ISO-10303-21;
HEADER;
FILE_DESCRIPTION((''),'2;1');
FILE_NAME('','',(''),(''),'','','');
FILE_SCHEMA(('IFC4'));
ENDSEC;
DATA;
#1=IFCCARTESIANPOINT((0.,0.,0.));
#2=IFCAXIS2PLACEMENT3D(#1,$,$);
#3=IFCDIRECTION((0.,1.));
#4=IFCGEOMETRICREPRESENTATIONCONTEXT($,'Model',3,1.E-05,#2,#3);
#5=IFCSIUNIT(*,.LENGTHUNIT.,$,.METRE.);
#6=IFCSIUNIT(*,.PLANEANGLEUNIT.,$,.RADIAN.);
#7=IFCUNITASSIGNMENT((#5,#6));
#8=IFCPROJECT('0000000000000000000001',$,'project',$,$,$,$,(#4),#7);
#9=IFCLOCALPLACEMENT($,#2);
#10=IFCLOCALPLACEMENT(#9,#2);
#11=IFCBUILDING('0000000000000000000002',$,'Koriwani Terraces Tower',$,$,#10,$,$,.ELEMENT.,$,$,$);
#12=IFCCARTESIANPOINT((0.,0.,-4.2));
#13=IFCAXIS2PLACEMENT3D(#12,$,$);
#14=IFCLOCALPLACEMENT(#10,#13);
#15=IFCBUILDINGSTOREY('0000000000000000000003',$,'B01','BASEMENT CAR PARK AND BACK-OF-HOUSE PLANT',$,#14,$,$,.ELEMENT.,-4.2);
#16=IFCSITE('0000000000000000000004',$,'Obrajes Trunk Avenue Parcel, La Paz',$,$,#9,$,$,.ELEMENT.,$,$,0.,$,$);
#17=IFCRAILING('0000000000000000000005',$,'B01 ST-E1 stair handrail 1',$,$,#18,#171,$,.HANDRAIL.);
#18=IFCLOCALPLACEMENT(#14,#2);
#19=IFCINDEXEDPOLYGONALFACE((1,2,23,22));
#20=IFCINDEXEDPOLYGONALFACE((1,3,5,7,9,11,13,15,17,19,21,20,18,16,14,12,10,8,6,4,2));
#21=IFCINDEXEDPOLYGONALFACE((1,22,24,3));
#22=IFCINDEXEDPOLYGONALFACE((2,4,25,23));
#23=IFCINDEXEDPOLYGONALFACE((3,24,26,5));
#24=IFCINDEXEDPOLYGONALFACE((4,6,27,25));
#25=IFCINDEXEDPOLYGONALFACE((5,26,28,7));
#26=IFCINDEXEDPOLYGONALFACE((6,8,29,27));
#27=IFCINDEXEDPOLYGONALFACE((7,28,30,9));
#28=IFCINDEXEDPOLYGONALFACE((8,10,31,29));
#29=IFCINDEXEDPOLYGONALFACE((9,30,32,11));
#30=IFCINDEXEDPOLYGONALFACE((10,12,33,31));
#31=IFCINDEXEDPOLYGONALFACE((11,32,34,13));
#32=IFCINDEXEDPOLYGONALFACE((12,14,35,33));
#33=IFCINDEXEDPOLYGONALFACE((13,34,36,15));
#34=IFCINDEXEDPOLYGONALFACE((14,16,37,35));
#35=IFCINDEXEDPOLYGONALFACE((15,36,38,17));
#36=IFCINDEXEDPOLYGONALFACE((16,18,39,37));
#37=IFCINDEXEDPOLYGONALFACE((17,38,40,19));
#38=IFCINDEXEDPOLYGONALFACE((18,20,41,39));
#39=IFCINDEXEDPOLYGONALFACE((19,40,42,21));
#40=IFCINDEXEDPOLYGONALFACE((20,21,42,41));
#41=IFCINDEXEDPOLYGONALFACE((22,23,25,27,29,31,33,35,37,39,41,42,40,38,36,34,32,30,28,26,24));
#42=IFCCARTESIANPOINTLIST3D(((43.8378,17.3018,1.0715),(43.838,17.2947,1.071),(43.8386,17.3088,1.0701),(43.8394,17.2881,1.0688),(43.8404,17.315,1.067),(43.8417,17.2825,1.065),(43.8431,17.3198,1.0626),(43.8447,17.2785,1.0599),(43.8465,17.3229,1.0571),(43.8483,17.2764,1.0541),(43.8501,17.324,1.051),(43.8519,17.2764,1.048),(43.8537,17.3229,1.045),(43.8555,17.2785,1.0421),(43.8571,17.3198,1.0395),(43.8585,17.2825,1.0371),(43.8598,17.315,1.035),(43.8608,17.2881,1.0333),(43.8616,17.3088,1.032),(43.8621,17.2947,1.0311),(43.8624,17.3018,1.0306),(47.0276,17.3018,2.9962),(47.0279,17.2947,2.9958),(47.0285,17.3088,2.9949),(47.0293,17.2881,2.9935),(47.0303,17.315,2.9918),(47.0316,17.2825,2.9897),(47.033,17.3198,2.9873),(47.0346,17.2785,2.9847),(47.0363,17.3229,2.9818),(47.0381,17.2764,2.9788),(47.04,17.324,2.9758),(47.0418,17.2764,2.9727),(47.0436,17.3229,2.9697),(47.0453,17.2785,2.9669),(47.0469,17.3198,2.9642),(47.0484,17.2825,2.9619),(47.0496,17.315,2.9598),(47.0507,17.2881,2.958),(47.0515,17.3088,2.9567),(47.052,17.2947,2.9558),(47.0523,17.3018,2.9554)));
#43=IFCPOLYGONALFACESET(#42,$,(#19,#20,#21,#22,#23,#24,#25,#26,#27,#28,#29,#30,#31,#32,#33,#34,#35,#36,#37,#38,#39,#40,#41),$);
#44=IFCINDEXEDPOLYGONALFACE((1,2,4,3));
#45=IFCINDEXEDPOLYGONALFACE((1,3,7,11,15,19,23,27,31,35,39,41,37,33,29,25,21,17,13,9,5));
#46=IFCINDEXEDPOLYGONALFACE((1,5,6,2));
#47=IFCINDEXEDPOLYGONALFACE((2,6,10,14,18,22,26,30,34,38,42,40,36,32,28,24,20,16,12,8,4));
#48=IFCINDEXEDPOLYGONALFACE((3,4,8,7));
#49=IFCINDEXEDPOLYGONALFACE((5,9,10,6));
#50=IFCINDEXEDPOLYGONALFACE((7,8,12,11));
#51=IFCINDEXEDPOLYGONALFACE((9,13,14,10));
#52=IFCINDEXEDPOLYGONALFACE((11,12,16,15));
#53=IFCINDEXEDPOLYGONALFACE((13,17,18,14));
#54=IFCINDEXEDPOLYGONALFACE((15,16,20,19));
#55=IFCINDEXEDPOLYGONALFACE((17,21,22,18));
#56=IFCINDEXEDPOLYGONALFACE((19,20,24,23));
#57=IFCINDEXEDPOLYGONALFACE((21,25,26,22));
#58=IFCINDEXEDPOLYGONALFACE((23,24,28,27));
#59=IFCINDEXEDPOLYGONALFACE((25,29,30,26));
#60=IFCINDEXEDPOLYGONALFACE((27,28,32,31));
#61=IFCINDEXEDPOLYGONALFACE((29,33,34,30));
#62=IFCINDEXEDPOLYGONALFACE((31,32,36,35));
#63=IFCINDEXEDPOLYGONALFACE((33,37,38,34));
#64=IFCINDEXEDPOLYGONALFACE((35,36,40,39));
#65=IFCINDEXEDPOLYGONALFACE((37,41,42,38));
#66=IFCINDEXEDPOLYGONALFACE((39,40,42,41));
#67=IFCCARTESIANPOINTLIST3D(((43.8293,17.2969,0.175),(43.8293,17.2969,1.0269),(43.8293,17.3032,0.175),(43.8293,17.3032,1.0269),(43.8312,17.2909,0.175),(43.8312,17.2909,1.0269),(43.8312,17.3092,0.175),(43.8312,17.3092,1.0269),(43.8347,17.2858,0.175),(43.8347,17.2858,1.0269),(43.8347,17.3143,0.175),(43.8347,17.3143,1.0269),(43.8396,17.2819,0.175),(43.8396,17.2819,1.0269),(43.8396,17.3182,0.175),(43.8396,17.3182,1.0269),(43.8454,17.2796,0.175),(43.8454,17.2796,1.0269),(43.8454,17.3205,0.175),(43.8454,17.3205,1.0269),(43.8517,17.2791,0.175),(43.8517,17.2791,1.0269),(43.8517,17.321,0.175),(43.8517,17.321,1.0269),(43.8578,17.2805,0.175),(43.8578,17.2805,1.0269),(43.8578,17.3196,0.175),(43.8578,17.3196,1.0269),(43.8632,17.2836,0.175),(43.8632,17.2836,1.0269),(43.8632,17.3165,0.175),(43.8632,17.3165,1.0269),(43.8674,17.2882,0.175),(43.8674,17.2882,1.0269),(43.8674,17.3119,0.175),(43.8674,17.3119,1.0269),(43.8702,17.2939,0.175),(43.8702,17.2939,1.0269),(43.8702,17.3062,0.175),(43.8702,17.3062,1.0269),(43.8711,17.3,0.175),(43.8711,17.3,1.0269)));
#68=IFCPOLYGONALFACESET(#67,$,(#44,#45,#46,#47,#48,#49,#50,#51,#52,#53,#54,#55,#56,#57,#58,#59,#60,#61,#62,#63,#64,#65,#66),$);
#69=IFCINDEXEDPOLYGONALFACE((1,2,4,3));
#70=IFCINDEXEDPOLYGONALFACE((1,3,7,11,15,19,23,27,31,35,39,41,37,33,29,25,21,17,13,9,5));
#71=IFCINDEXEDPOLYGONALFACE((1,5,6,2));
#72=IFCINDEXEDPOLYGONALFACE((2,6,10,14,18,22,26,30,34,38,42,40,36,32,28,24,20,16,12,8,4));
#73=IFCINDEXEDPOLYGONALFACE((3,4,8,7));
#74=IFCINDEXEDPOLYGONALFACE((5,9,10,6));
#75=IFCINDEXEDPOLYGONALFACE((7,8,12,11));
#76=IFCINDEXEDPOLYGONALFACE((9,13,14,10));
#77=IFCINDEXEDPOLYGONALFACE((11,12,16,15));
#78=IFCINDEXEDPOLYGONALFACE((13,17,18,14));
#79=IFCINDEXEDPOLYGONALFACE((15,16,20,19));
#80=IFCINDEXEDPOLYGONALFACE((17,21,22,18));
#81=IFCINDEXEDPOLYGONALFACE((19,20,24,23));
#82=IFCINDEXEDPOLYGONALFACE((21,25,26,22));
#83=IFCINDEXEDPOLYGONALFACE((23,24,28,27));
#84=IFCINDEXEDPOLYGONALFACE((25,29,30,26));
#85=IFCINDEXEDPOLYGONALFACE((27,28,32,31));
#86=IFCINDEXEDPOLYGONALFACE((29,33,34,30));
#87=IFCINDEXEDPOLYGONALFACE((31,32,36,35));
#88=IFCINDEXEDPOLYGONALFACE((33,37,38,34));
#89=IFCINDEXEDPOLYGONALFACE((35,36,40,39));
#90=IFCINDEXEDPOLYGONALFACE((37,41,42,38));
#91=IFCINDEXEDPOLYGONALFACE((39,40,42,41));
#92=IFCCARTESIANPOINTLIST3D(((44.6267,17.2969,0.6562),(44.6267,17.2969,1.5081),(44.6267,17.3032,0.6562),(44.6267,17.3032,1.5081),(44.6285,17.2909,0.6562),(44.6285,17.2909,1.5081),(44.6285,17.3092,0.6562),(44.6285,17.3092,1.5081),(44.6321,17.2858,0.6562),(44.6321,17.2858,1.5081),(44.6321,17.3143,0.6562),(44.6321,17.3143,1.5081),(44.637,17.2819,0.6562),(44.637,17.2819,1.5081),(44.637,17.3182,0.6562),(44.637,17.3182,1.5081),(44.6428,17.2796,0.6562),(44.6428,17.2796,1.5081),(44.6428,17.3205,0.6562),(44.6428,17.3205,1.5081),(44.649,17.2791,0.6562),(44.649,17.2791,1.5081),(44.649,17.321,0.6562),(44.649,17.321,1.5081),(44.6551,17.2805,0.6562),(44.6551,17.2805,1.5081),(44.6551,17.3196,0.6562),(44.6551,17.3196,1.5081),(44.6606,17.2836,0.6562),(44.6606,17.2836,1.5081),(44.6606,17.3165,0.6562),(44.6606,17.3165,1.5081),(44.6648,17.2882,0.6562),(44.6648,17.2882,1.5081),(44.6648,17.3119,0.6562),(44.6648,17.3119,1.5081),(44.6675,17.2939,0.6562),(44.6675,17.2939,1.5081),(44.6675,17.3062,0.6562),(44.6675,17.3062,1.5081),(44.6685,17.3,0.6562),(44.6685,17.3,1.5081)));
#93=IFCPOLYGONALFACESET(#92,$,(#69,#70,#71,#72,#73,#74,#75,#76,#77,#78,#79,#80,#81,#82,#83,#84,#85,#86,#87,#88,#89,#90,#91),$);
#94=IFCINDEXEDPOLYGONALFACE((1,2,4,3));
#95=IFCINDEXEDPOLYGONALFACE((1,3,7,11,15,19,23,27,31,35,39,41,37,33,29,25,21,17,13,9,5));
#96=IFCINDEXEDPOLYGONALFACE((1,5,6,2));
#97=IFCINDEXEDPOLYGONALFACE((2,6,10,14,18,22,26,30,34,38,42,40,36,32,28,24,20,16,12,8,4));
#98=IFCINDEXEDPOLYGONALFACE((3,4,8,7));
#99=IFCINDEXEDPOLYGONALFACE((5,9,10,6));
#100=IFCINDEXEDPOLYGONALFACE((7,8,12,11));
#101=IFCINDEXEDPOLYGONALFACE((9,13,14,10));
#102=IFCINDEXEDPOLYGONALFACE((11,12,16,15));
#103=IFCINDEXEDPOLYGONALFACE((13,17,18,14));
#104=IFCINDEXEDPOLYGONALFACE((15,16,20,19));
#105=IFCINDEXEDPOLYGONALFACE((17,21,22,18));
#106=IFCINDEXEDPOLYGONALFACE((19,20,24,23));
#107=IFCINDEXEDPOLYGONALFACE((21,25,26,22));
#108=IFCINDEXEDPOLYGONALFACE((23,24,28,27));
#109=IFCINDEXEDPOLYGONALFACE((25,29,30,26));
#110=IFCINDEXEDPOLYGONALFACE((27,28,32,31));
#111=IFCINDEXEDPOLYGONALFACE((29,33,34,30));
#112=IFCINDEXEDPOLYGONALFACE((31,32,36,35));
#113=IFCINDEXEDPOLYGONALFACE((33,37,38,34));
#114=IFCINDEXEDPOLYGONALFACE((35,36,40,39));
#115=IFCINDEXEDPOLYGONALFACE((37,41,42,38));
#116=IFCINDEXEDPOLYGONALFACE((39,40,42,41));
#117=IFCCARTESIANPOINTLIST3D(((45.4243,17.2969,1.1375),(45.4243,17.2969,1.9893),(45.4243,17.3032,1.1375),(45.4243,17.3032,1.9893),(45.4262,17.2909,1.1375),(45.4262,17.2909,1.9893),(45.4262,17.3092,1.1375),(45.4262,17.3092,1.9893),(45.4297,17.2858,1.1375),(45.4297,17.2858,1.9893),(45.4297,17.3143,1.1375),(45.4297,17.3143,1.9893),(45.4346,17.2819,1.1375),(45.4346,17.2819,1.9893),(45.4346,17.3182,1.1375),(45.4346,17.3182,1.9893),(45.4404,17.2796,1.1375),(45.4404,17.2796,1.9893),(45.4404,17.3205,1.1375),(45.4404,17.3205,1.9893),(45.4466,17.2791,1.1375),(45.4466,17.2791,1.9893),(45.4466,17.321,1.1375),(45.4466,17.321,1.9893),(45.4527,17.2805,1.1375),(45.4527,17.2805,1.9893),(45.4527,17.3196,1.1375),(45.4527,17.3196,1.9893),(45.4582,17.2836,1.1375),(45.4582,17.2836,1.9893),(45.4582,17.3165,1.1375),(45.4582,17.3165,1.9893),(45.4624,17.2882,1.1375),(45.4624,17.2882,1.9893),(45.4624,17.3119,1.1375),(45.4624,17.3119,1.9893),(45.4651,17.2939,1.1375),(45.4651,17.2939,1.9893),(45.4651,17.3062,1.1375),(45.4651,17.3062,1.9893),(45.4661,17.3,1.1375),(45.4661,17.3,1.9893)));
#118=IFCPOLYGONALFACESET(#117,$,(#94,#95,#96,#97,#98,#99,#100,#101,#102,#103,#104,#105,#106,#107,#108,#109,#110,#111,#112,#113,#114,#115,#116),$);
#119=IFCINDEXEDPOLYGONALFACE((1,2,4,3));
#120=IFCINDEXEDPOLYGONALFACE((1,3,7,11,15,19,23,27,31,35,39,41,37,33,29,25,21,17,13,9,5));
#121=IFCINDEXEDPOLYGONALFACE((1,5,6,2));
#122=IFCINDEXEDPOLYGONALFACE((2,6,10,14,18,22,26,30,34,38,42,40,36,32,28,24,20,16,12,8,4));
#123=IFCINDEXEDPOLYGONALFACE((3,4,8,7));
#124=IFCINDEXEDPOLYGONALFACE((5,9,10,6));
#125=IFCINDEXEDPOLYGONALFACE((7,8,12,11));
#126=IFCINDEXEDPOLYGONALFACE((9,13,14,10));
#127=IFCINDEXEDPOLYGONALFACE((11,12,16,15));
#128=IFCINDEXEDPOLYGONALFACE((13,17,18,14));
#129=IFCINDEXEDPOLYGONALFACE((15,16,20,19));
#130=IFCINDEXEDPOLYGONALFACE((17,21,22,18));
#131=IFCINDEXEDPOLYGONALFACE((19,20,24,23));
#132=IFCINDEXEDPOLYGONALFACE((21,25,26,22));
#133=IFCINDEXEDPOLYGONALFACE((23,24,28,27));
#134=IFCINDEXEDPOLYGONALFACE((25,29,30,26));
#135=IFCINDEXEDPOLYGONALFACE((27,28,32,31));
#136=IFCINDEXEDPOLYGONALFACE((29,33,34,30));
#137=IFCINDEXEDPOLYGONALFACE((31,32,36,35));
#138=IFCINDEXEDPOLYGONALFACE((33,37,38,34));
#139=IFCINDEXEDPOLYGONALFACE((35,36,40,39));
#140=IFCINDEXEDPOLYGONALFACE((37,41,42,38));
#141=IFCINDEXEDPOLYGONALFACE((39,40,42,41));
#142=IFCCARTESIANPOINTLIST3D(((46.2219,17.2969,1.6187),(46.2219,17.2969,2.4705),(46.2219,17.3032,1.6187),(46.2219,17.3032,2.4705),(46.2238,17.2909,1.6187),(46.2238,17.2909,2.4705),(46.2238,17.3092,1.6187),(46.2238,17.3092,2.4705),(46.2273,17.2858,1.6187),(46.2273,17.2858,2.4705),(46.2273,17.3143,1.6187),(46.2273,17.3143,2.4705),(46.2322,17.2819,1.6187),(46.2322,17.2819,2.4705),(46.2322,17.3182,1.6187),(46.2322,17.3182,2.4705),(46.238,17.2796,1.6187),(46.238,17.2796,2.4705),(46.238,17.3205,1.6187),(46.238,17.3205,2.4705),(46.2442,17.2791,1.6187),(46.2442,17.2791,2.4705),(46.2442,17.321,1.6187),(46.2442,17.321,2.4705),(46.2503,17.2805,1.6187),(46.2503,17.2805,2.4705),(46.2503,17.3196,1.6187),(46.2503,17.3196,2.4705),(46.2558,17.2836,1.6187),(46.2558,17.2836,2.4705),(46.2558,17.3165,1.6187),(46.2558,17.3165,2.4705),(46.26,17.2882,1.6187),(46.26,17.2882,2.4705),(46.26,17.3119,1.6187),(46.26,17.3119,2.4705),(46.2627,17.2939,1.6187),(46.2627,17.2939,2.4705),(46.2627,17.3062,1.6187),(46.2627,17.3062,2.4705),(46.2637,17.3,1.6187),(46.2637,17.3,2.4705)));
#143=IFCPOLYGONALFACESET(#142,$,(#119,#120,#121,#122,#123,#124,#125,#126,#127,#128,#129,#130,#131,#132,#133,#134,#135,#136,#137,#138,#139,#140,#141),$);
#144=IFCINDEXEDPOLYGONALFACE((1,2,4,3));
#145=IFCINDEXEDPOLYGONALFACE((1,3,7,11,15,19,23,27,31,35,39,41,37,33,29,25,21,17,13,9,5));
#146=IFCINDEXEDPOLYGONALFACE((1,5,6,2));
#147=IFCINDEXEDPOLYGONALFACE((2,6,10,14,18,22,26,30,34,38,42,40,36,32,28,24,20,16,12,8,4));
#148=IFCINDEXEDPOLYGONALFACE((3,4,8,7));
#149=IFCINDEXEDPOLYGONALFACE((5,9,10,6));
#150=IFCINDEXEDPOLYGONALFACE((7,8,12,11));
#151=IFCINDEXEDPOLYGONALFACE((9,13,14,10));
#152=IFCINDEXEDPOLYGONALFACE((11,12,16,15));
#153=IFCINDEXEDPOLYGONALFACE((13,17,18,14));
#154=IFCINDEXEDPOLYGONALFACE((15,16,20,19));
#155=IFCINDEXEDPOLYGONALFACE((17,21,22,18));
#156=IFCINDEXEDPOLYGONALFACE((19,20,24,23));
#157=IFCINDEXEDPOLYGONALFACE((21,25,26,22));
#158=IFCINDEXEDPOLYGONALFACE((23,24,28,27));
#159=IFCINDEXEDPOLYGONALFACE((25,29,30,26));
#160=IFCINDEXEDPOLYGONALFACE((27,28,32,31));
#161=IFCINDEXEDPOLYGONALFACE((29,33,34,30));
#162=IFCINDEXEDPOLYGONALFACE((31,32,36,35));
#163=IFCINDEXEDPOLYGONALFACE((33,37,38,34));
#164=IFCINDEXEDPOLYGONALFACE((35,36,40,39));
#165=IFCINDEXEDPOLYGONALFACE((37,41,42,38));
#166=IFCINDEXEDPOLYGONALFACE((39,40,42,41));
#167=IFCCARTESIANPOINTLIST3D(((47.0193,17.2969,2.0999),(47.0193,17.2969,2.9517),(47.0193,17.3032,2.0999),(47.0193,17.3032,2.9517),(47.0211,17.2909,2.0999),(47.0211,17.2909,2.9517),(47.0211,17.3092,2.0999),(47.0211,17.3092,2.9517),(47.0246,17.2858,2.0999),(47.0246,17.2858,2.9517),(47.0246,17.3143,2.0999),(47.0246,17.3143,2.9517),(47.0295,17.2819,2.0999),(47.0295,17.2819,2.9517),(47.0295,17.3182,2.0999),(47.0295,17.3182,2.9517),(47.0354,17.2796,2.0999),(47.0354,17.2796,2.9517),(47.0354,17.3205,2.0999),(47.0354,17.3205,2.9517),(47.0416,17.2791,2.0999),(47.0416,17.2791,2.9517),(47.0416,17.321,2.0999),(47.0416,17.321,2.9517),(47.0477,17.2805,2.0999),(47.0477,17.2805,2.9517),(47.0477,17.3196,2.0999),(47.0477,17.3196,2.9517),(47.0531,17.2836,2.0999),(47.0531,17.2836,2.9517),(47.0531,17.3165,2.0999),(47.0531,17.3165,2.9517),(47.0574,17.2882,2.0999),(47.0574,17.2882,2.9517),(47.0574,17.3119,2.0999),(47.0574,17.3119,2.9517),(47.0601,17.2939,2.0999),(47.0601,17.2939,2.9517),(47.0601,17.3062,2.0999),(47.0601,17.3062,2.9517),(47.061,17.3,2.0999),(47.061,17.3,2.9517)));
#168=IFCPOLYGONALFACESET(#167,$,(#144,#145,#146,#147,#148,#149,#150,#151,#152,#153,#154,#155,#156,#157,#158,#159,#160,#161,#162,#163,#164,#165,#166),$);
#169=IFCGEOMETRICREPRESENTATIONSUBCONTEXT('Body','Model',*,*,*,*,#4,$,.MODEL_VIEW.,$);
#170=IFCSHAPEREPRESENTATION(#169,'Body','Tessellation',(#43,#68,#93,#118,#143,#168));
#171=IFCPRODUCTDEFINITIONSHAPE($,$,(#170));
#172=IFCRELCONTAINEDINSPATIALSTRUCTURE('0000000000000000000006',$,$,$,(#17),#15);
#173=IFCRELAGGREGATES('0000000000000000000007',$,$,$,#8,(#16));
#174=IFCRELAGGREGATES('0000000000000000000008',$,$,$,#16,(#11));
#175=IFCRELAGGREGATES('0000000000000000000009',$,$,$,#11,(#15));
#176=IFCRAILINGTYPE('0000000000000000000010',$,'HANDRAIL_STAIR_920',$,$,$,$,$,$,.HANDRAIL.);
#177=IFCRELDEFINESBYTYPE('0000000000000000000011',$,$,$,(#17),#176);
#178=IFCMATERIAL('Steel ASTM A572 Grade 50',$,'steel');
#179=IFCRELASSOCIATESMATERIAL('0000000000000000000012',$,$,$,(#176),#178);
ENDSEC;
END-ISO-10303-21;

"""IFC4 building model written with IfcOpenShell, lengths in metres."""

from ifc_helpers import new_model, si_unit, direction, frame, origin, origin_2d, place, context, subcontext, project, spatial, circle, extrude, material, type_object, element, save


model = new_model("IFC4")

# Units and contexts
model_context = context("Model", 3, precision=1e-05, world=origin(), true_north=direction((0.0, 1.0)))
body_context = subcontext(model_context, "Body", "Model", "MODEL_VIEW")
ifc_project = project(units=[si_unit("LENGTHUNIT", "METRE"), si_unit("PLANEANGLEUNIT", "RADIAN")], contexts=[model_context])

# Site, building, storey
site_placement = place(None, origin())
site = spatial("IfcSite", under=ifc_project, at=site_placement, Name="Obrajes Trunk Avenue Parcel, La Paz", CompositionType="ELEMENT", RefElevation=0.0)
building_placement = place(site_placement, origin())
building = spatial("IfcBuilding", under=site, at=building_placement, Name="Koriwani Terraces Tower", CompositionType="ELEMENT")
storey_placement = place(building_placement, frame((0.0, 0.0, -4.2)))
storey = spatial("IfcBuildingStorey", under=building, at=storey_placement, Name="B01", Description="BASEMENT CAR PARK AND BACK-OF-HOUSE PLANT", CompositionType="ELEMENT", Elevation=-4.2)

# Shared definitions
ifc_material_1 = material(Name="Steel ASTM A572 Grade 50", Category="steel")

# Railing
railing_type_1 = type_object("IfcRailingType", Name="HANDRAIL_STAIR_920", PredefinedType="HANDRAIL", material=ifc_material_1)
railing_1_placement = place(storey_placement, frame((43.8501, 17.3, 0.175)))
element("IfcRailing", 1, at=railing_1_placement, inside=storey, type_object=railing_type_1, Name="B01 ST-E1 stair handrail 1", PredefinedType="HANDRAIL", context=body_context, shape_type="SweptSolid", body=[
    extrude(circle(Radius=0.0239, at=origin_2d()), frame((0.0, 0.0, 0.876), z_axis=(0.856207, 0.0, 0.516633), x_axis=(0.0, 1.0, 0.0)), (0.0, 0.0, 1.0), 3.7256),
    extrude(circle(Radius=0.021, at=origin_2d()), origin(), (0.0, 0.0, 1.0), 0.8518),
    extrude(circle(Radius=0.021, at=origin_2d()), frame((0.7974, 0.0, 0.4812)), (0.0, 0.0, 1.0), 0.8518),
    extrude(circle(Radius=0.021, at=origin_2d()), frame((1.595, 0.0, 0.9624)), (0.0, 0.0, 1.0), 0.8518),
    extrude(circle(Radius=0.021, at=origin_2d()), frame((2.3926, 0.0, 1.4436)), (0.0, 0.0, 1.0), 0.8518),
    extrude(circle(Radius=0.021, at=origin_2d()), frame((3.1899, 0.0, 1.9248)), (0.0, 0.0, 1.0), 0.8518),
])

save(model, "model.ifc")
